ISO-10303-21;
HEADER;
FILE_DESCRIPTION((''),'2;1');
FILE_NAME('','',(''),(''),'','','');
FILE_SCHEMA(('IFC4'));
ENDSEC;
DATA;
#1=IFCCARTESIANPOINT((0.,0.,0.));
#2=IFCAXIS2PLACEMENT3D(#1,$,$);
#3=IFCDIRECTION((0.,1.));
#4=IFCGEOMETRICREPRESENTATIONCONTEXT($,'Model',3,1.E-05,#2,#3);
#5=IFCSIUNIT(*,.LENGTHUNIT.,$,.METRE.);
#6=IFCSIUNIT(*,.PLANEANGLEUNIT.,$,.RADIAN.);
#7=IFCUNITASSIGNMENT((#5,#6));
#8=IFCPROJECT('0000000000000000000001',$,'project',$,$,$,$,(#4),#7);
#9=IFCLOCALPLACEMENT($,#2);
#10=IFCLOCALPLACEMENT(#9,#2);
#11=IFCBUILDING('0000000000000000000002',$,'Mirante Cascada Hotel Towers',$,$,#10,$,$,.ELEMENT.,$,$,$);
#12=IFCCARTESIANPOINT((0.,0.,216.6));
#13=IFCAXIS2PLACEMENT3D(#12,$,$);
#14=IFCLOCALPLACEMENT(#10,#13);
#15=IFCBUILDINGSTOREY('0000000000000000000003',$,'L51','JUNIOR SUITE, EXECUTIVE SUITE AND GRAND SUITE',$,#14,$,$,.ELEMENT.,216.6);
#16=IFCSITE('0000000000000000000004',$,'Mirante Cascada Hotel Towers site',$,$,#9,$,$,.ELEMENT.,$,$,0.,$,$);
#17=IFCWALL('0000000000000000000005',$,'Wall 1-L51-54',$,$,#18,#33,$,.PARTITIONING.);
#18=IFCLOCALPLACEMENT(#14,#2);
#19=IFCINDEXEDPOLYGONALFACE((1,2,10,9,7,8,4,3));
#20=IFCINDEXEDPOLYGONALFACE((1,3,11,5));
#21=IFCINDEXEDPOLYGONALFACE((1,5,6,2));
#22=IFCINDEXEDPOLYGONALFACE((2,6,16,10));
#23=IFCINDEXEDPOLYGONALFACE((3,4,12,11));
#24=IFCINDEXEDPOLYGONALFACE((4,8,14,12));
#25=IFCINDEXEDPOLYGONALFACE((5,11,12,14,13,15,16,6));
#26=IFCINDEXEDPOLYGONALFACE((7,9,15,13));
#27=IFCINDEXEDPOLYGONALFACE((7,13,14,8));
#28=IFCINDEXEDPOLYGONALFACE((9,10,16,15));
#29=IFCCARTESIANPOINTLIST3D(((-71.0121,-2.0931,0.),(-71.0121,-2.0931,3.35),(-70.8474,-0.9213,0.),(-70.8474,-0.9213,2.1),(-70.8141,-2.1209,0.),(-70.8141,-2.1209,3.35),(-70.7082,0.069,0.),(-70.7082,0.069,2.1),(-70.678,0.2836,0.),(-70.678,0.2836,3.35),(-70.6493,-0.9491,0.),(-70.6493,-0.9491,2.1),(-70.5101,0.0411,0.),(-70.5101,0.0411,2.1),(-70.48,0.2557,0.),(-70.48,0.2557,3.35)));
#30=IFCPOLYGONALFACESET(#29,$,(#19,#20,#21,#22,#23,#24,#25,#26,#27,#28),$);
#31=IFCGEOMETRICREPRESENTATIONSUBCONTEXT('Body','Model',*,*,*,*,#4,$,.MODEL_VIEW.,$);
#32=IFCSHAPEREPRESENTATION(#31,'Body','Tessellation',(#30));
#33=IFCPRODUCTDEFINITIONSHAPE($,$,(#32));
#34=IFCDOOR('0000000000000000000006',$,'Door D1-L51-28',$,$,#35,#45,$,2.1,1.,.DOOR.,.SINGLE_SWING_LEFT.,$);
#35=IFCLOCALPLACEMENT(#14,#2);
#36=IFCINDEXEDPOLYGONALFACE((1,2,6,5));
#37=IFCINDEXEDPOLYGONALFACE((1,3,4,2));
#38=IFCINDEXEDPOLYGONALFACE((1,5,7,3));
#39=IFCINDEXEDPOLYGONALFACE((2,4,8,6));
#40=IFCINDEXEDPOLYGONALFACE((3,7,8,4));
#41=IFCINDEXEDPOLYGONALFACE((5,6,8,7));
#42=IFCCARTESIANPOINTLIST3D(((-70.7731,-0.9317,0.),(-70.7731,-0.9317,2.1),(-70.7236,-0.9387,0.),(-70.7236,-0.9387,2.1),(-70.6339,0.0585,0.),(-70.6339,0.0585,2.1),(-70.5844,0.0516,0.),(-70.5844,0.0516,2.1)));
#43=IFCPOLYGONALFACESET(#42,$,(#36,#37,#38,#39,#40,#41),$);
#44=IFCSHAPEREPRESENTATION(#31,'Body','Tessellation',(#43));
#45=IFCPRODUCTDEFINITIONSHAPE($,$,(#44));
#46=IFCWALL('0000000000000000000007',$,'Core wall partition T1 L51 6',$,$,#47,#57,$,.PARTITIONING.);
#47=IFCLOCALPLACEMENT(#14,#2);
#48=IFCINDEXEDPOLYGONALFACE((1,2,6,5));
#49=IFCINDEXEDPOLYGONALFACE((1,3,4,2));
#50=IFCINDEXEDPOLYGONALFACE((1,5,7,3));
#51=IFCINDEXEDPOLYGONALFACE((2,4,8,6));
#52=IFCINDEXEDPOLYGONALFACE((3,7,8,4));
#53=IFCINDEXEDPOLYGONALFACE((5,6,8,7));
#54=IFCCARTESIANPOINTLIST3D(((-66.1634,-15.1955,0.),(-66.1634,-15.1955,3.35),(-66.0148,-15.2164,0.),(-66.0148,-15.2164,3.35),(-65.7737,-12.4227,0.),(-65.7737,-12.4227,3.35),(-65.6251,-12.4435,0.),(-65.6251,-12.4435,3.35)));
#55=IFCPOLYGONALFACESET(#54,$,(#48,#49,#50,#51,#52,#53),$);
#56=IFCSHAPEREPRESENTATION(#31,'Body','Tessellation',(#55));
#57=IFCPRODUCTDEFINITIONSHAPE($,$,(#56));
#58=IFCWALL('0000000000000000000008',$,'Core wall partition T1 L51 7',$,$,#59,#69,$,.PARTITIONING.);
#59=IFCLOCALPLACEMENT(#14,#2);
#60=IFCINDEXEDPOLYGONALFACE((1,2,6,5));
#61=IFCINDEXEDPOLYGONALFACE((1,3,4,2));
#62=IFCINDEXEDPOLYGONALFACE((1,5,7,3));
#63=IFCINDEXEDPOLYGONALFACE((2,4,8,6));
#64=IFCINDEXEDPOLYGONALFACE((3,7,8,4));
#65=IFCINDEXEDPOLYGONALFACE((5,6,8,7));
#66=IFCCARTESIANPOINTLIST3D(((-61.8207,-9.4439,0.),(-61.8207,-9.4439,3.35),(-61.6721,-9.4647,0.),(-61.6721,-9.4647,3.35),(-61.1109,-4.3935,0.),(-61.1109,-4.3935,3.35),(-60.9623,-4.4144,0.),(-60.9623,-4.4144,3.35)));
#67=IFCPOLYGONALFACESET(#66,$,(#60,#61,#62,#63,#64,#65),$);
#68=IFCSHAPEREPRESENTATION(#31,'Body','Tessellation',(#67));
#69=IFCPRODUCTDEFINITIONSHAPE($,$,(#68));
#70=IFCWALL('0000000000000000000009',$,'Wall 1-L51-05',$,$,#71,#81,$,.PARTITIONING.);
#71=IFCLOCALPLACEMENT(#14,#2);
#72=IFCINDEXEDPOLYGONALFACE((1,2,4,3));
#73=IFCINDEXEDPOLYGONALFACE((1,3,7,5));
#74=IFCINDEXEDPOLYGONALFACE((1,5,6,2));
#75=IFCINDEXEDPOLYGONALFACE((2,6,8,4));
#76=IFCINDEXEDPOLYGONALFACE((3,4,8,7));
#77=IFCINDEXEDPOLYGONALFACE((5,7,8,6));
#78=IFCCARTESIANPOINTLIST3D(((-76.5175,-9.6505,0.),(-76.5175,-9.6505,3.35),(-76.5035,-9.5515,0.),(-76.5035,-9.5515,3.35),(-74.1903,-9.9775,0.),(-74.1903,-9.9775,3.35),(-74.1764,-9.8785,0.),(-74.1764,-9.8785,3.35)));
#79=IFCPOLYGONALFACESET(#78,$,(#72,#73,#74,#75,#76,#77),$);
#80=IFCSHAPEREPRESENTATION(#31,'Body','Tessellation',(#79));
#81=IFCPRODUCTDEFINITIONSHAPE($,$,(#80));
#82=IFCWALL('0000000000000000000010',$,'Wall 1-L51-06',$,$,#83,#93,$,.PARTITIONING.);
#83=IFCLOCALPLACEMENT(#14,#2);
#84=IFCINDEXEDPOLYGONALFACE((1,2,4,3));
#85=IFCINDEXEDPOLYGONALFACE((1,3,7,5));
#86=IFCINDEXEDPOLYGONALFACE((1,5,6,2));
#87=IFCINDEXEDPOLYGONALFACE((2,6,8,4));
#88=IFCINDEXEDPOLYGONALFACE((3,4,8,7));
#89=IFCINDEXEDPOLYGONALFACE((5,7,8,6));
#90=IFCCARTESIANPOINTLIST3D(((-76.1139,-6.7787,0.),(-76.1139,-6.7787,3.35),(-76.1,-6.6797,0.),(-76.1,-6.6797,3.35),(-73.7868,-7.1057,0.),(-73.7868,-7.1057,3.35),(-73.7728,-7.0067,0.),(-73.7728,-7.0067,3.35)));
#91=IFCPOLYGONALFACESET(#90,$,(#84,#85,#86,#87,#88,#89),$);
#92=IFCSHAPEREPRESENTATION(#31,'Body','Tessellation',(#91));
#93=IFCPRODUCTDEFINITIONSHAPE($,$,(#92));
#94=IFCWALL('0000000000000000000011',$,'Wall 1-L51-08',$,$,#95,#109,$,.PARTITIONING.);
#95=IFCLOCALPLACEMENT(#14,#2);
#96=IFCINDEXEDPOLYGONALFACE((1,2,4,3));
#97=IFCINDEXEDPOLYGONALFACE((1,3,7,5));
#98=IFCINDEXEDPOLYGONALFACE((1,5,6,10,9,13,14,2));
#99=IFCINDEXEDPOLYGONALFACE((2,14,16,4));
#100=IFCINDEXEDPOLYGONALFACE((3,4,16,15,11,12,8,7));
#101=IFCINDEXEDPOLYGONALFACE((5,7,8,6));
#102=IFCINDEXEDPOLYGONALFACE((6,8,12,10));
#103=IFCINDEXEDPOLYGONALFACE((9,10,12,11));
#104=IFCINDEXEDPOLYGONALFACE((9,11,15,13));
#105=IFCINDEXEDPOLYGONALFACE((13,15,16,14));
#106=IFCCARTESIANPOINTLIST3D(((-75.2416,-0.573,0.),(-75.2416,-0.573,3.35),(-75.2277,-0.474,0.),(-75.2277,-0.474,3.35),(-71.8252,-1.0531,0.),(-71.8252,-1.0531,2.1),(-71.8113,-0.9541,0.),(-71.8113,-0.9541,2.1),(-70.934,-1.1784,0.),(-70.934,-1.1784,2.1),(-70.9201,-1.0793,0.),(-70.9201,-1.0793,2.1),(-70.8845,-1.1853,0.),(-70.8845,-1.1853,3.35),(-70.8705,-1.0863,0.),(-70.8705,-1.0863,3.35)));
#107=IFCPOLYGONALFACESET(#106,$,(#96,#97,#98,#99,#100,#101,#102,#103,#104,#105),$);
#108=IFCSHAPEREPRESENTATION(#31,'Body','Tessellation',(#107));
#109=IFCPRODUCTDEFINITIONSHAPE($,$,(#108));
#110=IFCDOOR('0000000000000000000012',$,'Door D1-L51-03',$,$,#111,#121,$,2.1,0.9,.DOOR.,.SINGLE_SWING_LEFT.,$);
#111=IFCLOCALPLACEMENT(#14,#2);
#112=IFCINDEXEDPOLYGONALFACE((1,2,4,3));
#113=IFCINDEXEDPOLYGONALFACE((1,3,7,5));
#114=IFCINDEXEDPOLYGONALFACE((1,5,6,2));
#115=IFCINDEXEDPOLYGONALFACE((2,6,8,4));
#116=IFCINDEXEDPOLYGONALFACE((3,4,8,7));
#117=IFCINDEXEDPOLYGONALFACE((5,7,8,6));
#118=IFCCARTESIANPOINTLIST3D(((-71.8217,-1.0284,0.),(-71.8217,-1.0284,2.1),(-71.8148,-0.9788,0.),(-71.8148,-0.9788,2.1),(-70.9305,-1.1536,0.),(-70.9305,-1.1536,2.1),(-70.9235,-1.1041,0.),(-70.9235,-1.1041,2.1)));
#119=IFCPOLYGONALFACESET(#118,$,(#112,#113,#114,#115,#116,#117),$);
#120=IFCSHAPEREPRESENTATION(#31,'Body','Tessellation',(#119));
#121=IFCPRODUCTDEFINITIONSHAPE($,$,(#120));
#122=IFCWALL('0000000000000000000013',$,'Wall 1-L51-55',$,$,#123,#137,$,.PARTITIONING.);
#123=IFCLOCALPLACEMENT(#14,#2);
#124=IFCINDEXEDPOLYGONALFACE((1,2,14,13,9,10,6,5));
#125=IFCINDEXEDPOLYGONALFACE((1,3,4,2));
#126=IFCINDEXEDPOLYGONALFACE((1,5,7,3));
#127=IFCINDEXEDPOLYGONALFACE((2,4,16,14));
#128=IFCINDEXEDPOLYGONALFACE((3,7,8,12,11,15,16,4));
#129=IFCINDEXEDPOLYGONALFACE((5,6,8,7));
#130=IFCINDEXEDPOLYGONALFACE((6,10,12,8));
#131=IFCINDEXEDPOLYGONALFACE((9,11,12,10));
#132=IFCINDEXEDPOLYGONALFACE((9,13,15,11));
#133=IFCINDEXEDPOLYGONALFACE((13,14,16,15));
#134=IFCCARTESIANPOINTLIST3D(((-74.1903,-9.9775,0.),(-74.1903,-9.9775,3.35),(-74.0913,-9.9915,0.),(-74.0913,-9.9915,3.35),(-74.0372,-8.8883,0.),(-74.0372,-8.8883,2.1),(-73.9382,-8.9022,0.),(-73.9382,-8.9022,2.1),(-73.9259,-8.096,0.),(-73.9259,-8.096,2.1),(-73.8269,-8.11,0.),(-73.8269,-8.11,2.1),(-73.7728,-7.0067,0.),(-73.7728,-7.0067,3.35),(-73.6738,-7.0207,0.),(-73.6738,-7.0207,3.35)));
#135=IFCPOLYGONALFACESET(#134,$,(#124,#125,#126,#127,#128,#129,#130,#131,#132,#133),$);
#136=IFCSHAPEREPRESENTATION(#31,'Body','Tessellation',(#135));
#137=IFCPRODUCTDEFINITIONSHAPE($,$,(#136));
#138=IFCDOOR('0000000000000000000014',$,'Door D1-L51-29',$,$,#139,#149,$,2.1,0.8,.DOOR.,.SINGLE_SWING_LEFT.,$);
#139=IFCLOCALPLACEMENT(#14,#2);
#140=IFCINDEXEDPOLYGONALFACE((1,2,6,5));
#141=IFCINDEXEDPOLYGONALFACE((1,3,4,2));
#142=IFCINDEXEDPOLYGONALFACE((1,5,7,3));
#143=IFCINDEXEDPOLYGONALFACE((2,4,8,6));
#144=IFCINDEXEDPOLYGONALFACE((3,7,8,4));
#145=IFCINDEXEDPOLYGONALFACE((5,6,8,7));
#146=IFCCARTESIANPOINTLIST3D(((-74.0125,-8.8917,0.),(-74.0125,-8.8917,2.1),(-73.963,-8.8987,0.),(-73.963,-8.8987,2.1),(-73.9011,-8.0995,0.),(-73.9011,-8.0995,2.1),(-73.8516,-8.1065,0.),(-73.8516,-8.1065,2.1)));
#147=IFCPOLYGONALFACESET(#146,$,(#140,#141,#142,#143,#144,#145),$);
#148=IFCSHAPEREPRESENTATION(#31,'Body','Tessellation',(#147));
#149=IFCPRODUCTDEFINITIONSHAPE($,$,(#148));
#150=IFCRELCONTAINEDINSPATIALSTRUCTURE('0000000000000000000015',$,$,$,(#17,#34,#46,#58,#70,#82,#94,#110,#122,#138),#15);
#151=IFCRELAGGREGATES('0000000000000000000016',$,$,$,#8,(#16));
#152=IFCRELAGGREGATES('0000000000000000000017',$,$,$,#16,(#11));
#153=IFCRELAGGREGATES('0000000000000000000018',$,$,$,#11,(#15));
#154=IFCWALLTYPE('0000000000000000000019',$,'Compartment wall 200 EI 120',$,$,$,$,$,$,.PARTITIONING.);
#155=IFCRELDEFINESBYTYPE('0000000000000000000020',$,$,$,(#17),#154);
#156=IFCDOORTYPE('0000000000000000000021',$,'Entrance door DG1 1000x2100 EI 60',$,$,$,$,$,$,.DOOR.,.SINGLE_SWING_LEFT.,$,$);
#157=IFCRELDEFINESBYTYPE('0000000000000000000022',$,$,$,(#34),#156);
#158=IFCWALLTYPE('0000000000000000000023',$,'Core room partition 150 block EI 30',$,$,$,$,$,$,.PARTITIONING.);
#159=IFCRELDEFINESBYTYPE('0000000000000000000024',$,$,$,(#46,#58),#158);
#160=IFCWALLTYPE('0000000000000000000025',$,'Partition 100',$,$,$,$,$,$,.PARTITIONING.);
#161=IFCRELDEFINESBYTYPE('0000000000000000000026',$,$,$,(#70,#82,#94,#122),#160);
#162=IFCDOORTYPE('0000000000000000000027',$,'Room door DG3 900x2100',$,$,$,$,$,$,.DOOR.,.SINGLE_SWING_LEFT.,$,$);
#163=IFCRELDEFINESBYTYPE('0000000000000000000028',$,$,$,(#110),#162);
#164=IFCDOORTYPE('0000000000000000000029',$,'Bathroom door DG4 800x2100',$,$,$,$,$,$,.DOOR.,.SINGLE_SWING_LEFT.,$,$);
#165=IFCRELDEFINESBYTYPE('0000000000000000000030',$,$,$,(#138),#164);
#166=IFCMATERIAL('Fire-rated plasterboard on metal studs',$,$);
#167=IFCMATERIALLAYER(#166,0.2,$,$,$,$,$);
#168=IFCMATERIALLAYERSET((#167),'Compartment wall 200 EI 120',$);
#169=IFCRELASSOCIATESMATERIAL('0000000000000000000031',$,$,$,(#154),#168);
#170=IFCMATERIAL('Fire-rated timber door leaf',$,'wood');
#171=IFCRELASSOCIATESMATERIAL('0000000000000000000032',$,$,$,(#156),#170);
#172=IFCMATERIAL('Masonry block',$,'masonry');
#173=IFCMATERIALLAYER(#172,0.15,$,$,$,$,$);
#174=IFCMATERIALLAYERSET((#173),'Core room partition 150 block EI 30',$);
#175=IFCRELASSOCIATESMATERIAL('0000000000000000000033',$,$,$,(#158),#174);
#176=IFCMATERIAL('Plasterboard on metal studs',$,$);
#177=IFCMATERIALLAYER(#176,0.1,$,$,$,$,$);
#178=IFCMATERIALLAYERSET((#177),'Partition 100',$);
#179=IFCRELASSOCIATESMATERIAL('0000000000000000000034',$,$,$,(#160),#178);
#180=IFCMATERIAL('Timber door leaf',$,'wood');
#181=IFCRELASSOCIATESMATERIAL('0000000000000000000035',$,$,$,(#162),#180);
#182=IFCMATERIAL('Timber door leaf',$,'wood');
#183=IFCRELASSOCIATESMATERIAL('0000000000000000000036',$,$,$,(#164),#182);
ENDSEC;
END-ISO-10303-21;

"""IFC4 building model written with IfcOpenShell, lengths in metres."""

from ifc_helpers import new_model, si_unit, direction, frame, frame_2d, origin, place, context, subcontext, project, spatial, rectangle, extrude, material, layer, layer_set, type_object, element, fill, save


model = new_model("IFC4")

# Units and contexts
model_context = context("Model", 3, precision=1e-05, world=origin(), true_north=direction((0.0, 1.0)))
body_context = subcontext(model_context, "Body", "Model", "MODEL_VIEW")
ifc_project = project(units=[si_unit("LENGTHUNIT", "METRE"), si_unit("PLANEANGLEUNIT", "RADIAN")], contexts=[model_context])

# Site, building, storey
site_placement = place(None, origin())
site = spatial("IfcSite", under=ifc_project, at=site_placement, Name="Mirante Cascada Hotel Towers site", CompositionType="ELEMENT", RefElevation=0.0)
building_placement = place(site_placement, origin())
building = spatial("IfcBuilding", under=site, at=building_placement, Name="Mirante Cascada Hotel Towers", CompositionType="ELEMENT")
storey_placement = place(building_placement, frame((0.0, 0.0, 216.6)))
storey = spatial("IfcBuildingStorey", under=building, at=storey_placement, Name="L51", Description="JUNIOR SUITE, EXECUTIVE SUITE AND GRAND SUITE", CompositionType="ELEMENT", Elevation=216.6)

# Wall, opening, door
ifc_material_1 = material(Name="Fire-rated plasterboard on metal studs")
ifc_layer_1 = layer(ifc_material_1, 0.2)
ifc_layer_set_1 = layer_set([ifc_layer_1], Name="Compartment wall 200 EI 120")
wall_type_1 = type_object("IfcWallType", Name="Compartment wall 200 EI 120", PredefinedType="PARTITIONING", material=ifc_layer_set_1)
wall_1_placement = place(storey_placement, frame((-70.9131, -2.107, 0.0), z_axis=(0.0, 0.0, 1.0), x_axis=(0.13921, 0.990263, 0.0)))
wall_1 = element("IfcWall", 1, at=wall_1_placement, inside=storey, type_object=wall_type_1, Name="Wall 1-L51-54", PredefinedType="PARTITIONING", context=body_context, shape_type="SweptSolid", body=[
    extrude(rectangle(XDim=2.4, YDim=0.2, at=frame_2d((1.2, 0.0))), origin(), (0.0, 0.0, 1.0), 3.35),
])
opening_1_placement = place(wall_1_placement, frame((1.1833, 0.0, 0.0)))
opening_1 = element("IfcOpeningElement", 2, at=opening_1_placement, cuts=wall_1, PredefinedType="OPENING", context=body_context, shape_type="SweptSolid", body=[
    extrude(rectangle(XDim=1.0, YDim=2.1, at=frame_2d((0.5, 1.05))), frame((0.0, 0.1, 0.0), z_axis=(0.0, -1.0, 0.0), x_axis=(1.0, 0.0, 0.0)), (0.0, 0.0, 1.0), 0.2),
])
ifc_material_2 = material(Name="Fire-rated timber door leaf", Category="wood")
door_type_1 = type_object("IfcDoorType", Name="Entrance door DG1 1000x2100 EI 60", OperationType="SINGLE_SWING_LEFT", PredefinedType="DOOR", material=ifc_material_2)
door_1_placement = place(opening_1_placement, origin())
door_1 = element("IfcDoor", 3, at=door_1_placement, inside=storey, type_object=door_type_1, Name="Door D1-L51-28", OperationType="SINGLE_SWING_LEFT", OverallHeight=2.1, OverallWidth=1.0, PredefinedType="DOOR", context=body_context, shape_type="SweptSolid", body=[
    extrude(rectangle(XDim=1.0, YDim=2.1, at=frame_2d((0.5, 1.05))), frame((0.0, 0.025, 0.0), z_axis=(0.0, -1.0, 0.0), x_axis=(1.0, 0.0, 0.0)), (0.0, 0.0, 1.0), 0.05),
])
fill(opening_1, door_1)

# Walls
ifc_material_3 = material(Name="Masonry block", Category="masonry")
ifc_layer_2 = layer(ifc_material_3, 0.15)
ifc_layer_set_2 = layer_set([ifc_layer_2], Name="Core room partition 150 block EI 30")
wall_type_2 = type_object("IfcWallType", Name="Core room partition 150 block EI 30", PredefinedType="PARTITIONING", material=ifc_layer_set_2)
wall_2_placement = place(storey_placement, frame((-66.0891, -15.2059, 0.0), z_axis=(0.0, 0.0, 1.0), x_axis=(0.139176, 0.990268, 0.0)))
element("IfcWall", 4, at=wall_2_placement, inside=storey, type_object=wall_type_2, Name="Core wall partition T1 L51 6", PredefinedType="PARTITIONING", context=body_context, shape_type="SweptSolid", body=[
    extrude(rectangle(XDim=2.8001, YDim=0.15, at=frame_2d((1.4, 0.0))), origin(), (0.0, 0.0, 1.0), 3.35),
])
wall_3_placement = place(storey_placement, frame((-61.7464, -9.4543, 0.0), z_axis=(0.0, 0.0, 1.0), x_axis=(0.139176, 0.990268, 0.0)))
element("IfcWall", 5, at=wall_3_placement, inside=storey, type_object=wall_type_2, Name="Core wall partition T1 L51 7", PredefinedType="PARTITIONING", context=body_context, shape_type="SweptSolid", body=[
    extrude(rectangle(XDim=5.1, YDim=0.15, at=frame_2d((2.55, 0.0))), origin(), (0.0, 0.0, 1.0), 3.35),
])
ifc_material_4 = material(Name="Plasterboard on metal studs")
ifc_layer_3 = layer(ifc_material_4, 0.1)
ifc_layer_set_3 = layer_set([ifc_layer_3], Name="Partition 100")
wall_type_3 = type_object("IfcWallType", Name="Partition 100", PredefinedType="PARTITIONING", material=ifc_layer_set_3)
for number, where, z_axis, x_axis, name in (
    (6, (-76.5105, -9.601, 0.0), (0.0, 0.0, 1.0), (0.990271, -0.139151, 0.0), "Wall 1-L51-05"),
    (7, (-73.7798, -7.0562, 0.0), (0.0, 0.0, 1.0), (-0.990271, 0.139151, 0.0), "Wall 1-L51-06"),
):
    element("IfcWall", number, at=place(storey_placement, frame(where, z_axis=z_axis, x_axis=x_axis)), inside=storey, type_object=wall_type_3, Name=name, PredefinedType="PARTITIONING", context=body_context, shape_type="SweptSolid", body=[
        extrude(rectangle(XDim=2.35, YDim=0.1, at=frame_2d((1.175, 0.0))), origin(), (0.0, 0.0, 1.0), 3.35),
    ])

# Walls, openings, doors
wall_4_placement = place(storey_placement, frame((-70.8775, -1.1358, 0.0), z_axis=(0.0, 0.0, 1.0), x_axis=(-0.99027, 0.139159, 0.0)))
wall_4 = element("IfcWall", 8, at=wall_4_placement, inside=storey, type_object=wall_type_3, Name="Wall 1-L51-08", PredefinedType="PARTITIONING", context=body_context, shape_type="SweptSolid", body=[
    extrude(rectangle(XDim=4.4, YDim=0.1, at=frame_2d((2.2, 0.0))), origin(), (0.0, 0.0, 1.0), 3.35),
])
opening_2_placement = place(wall_4_placement, frame((0.05, 0.0, 0.0)))
opening_2 = element("IfcOpeningElement", 9, at=opening_2_placement, cuts=wall_4, PredefinedType="OPENING", context=body_context, shape_type="SweptSolid", body=[
    extrude(rectangle(XDim=0.9, YDim=2.1, at=frame_2d((0.45, 1.05))), frame((0.0, 0.05, 0.0), z_axis=(0.0, -1.0, 0.0), x_axis=(1.0, 0.0, 0.0)), (0.0, 0.0, 1.0), 0.1),
])
ifc_material_5 = material(Name="Timber door leaf", Category="wood")
door_type_2 = type_object("IfcDoorType", Name="Room door DG3 900x2100", OperationType="SINGLE_SWING_LEFT", PredefinedType="DOOR", material=ifc_material_5)
door_2_placement = place(opening_2_placement, origin())
door_2 = element("IfcDoor", 10, at=door_2_placement, inside=storey, type_object=door_type_2, Name="Door D1-L51-03", OperationType="SINGLE_SWING_LEFT", OverallHeight=2.1, OverallWidth=0.9, PredefinedType="DOOR", context=body_context, shape_type="SweptSolid", body=[
    extrude(rectangle(XDim=0.9, YDim=2.1, at=frame_2d((0.45, 1.05))), frame((0.0, 0.025, 0.0), z_axis=(0.0, -1.0, 0.0), x_axis=(1.0, 0.0, 0.0)), (0.0, 0.0, 1.0), 0.05),
])
fill(opening_2, door_2)
wall_5_placement = place(storey_placement, frame((-73.7233, -7.0137, 0.0), z_axis=(0.0, 0.0, 1.0), x_axis=(-0.139167, -0.990269, 0.0)))
wall_5 = element("IfcWall", 11, at=wall_5_placement, inside=storey, type_object=wall_type_3, Name="Wall 1-L51-55", PredefinedType="PARTITIONING", context=body_context, shape_type="SweptSolid", body=[
    extrude(rectangle(XDim=3.0, YDim=0.1, at=frame_2d((1.5, 0.0))), origin(), (0.0, 0.0, 1.0), 3.35),
])
opening_3_placement = place(wall_5_placement, frame((1.1, 0.0, 0.0)))
opening_3 = element("IfcOpeningElement", 12, at=opening_3_placement, cuts=wall_5, PredefinedType="OPENING", context=body_context, shape_type="SweptSolid", body=[
    extrude(rectangle(XDim=0.8, YDim=2.1, at=frame_2d((0.4, 1.05))), frame((0.0, 0.05, 0.0), z_axis=(0.0, -1.0, 0.0), x_axis=(1.0, 0.0, 0.0)), (0.0, 0.0, 1.0), 0.1),
])
ifc_material_6 = material(Name="Timber door leaf", Category="wood")
door_type_3 = type_object("IfcDoorType", Name="Bathroom door DG4 800x2100", OperationType="SINGLE_SWING_LEFT", PredefinedType="DOOR", material=ifc_material_6)
door_3_placement = place(opening_3_placement, origin())
door_3 = element("IfcDoor", 13, at=door_3_placement, inside=storey, type_object=door_type_3, Name="Door D1-L51-29", OperationType="SINGLE_SWING_LEFT", OverallHeight=2.1, OverallWidth=0.8, PredefinedType="DOOR", context=body_context, shape_type="SweptSolid", body=[
    extrude(rectangle(XDim=0.8, YDim=2.1, at=frame_2d((0.4, 1.05))), frame((0.0, 0.025, 0.0), z_axis=(0.0, -1.0, 0.0), x_axis=(1.0, 0.0, 0.0)), (0.0, 0.0, 1.0), 0.05),
])
fill(opening_3, door_3)

save(model, "model.ifc")
